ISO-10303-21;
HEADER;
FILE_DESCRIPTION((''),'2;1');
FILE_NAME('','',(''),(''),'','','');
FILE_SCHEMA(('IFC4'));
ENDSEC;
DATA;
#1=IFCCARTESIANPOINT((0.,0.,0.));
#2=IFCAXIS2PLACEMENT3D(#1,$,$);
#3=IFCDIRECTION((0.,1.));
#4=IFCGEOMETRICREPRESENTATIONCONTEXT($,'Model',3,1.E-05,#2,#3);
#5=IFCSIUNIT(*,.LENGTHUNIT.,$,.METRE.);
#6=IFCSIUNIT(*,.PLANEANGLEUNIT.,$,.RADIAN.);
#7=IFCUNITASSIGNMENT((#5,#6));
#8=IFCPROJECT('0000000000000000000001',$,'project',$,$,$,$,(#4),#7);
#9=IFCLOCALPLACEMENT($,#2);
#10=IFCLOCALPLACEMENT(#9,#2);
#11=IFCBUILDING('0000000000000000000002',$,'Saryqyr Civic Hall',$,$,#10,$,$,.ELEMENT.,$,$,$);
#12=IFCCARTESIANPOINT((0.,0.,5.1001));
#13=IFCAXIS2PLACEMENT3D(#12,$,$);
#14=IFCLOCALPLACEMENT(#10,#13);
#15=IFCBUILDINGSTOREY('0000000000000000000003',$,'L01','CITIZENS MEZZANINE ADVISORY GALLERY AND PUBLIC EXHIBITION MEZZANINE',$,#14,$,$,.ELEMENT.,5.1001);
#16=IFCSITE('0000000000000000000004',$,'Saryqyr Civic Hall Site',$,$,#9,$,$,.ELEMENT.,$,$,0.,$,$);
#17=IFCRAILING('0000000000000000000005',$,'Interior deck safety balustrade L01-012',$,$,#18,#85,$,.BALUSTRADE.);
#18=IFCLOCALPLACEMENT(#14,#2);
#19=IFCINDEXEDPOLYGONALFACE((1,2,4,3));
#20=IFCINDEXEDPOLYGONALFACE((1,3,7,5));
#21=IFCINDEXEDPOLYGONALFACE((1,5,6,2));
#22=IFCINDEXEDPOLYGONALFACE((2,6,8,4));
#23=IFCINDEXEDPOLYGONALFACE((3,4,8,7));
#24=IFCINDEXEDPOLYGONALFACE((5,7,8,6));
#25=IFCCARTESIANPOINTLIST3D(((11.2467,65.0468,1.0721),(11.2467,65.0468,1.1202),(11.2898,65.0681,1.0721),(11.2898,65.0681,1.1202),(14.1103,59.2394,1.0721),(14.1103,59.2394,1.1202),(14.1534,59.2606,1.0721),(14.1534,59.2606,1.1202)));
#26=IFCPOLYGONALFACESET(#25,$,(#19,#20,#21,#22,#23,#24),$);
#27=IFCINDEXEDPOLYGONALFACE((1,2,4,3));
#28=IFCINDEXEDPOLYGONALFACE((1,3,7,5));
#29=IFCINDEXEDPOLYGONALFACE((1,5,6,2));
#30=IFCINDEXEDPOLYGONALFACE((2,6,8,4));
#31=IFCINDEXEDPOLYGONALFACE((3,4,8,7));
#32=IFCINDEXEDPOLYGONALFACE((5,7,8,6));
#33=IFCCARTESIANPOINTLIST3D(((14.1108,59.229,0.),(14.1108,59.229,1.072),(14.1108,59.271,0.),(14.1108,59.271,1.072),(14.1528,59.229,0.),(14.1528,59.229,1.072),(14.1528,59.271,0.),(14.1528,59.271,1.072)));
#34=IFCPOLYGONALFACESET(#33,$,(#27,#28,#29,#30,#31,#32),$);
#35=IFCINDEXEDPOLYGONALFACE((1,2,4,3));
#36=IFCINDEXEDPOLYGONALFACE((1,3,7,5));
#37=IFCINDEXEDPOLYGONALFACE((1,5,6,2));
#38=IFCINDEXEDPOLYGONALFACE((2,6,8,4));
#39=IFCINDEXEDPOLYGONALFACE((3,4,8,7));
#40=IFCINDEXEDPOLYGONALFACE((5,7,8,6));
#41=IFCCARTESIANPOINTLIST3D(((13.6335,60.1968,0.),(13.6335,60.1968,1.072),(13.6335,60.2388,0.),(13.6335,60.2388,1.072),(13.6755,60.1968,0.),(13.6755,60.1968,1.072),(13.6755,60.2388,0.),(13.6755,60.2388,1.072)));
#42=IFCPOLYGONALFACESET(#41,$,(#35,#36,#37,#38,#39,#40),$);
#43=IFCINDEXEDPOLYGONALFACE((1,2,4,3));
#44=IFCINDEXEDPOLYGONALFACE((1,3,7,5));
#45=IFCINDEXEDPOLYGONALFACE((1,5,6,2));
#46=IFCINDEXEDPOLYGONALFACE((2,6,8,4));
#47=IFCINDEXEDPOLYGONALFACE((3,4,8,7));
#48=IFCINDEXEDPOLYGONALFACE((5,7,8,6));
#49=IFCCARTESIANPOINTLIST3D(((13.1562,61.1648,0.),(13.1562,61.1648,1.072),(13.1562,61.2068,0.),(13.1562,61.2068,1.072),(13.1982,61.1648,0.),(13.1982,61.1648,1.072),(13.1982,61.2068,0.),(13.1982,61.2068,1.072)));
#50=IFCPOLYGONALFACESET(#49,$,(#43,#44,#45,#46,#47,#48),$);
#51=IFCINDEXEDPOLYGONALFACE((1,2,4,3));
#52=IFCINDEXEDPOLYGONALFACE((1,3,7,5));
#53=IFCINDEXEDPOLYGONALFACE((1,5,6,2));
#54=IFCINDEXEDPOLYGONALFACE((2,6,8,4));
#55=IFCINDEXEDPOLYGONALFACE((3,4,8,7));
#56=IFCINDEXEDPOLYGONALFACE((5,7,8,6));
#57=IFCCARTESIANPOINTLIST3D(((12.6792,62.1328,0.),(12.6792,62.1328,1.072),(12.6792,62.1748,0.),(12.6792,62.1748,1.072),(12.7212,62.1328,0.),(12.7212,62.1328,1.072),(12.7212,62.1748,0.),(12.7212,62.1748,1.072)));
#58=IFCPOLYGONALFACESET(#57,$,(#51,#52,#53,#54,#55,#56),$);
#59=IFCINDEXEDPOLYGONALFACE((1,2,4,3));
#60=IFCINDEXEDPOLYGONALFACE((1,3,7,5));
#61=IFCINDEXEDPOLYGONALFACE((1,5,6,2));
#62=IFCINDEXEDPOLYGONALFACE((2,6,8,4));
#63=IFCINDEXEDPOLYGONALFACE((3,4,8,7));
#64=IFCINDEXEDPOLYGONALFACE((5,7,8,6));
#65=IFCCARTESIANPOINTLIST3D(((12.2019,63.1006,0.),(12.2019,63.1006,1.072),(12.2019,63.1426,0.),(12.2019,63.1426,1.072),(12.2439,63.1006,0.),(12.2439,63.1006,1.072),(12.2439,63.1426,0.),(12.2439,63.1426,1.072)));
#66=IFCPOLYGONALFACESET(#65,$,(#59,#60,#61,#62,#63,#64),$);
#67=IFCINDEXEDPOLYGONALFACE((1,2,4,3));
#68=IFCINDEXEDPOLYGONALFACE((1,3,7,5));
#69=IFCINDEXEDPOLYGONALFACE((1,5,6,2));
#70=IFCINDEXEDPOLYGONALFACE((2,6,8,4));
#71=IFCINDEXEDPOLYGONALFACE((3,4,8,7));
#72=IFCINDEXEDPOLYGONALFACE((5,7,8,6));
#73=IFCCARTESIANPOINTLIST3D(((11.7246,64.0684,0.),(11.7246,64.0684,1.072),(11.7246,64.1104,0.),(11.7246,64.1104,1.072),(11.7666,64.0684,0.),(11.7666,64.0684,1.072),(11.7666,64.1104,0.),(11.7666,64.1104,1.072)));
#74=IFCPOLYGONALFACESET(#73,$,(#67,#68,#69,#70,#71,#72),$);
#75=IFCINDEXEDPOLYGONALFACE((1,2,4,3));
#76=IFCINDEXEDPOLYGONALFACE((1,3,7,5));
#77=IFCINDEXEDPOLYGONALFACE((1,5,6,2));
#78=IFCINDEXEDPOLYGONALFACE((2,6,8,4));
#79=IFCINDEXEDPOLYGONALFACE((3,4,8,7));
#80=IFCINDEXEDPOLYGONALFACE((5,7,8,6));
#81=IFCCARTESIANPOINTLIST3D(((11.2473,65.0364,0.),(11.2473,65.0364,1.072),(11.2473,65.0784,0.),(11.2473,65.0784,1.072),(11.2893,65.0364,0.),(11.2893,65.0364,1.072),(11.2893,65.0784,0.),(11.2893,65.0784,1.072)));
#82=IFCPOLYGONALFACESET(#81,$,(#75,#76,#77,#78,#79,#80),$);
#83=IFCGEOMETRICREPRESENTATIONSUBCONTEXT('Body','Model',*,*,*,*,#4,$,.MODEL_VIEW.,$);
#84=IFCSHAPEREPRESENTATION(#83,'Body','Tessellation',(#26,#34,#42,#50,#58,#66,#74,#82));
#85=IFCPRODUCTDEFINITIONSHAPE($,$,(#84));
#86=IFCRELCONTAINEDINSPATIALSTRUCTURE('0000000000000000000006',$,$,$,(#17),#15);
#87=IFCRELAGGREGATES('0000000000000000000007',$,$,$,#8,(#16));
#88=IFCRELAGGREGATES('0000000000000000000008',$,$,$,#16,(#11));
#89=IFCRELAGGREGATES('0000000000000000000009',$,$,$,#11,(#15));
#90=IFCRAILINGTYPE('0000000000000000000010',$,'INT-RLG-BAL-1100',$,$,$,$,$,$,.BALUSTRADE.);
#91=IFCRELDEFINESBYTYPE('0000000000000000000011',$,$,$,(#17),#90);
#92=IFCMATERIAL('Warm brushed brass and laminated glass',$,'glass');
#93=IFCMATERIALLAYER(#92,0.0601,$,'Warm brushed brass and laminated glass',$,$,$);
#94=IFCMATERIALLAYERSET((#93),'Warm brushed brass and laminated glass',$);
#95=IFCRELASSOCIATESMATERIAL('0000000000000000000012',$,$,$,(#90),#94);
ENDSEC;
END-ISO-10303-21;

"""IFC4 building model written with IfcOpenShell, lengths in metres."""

from ifc_helpers import new_model, si_unit, direction, frame, origin, origin_2d, place, context, subcontext, project, spatial, rectangle, extrude, material, layer, layer_set, type_object, element, save


model = new_model("IFC4")

# Units and contexts
model_context = context("Model", 3, precision=1e-05, world=origin(), true_north=direction((0.0, 1.0)))
body_context = subcontext(model_context, "Body", "Model", "MODEL_VIEW")
ifc_project = project(units=[si_unit("LENGTHUNIT", "METRE"), si_unit("PLANEANGLEUNIT", "RADIAN")], contexts=[model_context])

# Site, building, storey
site_placement = place(None, origin())
site = spatial("IfcSite", under=ifc_project, at=site_placement, Name="Saryqyr Civic Hall Site", CompositionType="ELEMENT", RefElevation=0.0)
building_placement = place(site_placement, origin())
building = spatial("IfcBuilding", under=site, at=building_placement, Name="Saryqyr Civic Hall", CompositionType="ELEMENT")
storey_placement = place(building_placement, frame((0.0, 0.0, 5.1001)))
storey = spatial("IfcBuildingStorey", under=building, at=storey_placement, Name="L01", Description="CITIZENS MEZZANINE ADVISORY GALLERY AND PUBLIC EXHIBITION MEZZANINE", CompositionType="ELEMENT", Elevation=5.1001)

# Railing
ifc_material_1 = material(Name="Warm brushed brass and laminated glass", Category="glass")
ifc_layer_1 = layer(ifc_material_1, 0.0601, Name="Warm brushed brass and laminated glass")
ifc_layer_set_1 = layer_set([ifc_layer_1], Name="Warm brushed brass and laminated glass")
railing_type = type_object("IfcRailingType", Name="INT-RLG-BAL-1100", PredefinedType="BALUSTRADE", material=ifc_layer_set_1)
railing_1_placement = place(storey_placement, frame((14.1318, 59.25, 0.0)))
element("IfcRailing", 1, at=railing_1_placement, inside=storey, type_object=railing_type, Name="Interior deck safety balustrade L01-012", PredefinedType="BALUSTRADE", context=body_context, shape_type="SweptSolid", body=[
    extrude(rectangle(XDim=0.0481, YDim=0.0481, at=origin_2d()), frame((0.0, 0.0, 1.0962), z_axis=(-0.442245, 0.896894, 0.0), x_axis=(-0.896894, -0.442245, 0.0)), (0.0, 0.0, 1.0), 6.4751),
    extrude(rectangle(XDim=0.042, YDim=0.042, at=origin_2d()), origin(), (0.0, 0.0, 1.0), 1.072),
    extrude(rectangle(XDim=0.042, YDim=0.042, at=origin_2d()), frame((-0.4773, 0.9678, 0.0)), (0.0, 0.0, 1.0), 1.072),
    extrude(rectangle(XDim=0.042, YDim=0.042, at=origin_2d()), frame((-0.9546, 1.9358, 0.0)), (0.0, 0.0, 1.0), 1.072),
    extrude(rectangle(XDim=0.042, YDim=0.042, at=origin_2d()), frame((-1.4316, 2.9038, 0.0)), (0.0, 0.0, 1.0), 1.072),
    extrude(rectangle(XDim=0.042, YDim=0.042, at=origin_2d()), frame((-1.9089, 3.8716, 0.0)), (0.0, 0.0, 1.0), 1.072),
    extrude(rectangle(XDim=0.042, YDim=0.042, at=origin_2d()), frame((-2.3862, 4.8394, 0.0)), (0.0, 0.0, 1.0), 1.072),
    extrude(rectangle(XDim=0.042, YDim=0.042, at=origin_2d()), frame((-2.8635, 5.8074, 0.0)), (0.0, 0.0, 1.0), 1.072),
])

save(model, "model.ifc")
